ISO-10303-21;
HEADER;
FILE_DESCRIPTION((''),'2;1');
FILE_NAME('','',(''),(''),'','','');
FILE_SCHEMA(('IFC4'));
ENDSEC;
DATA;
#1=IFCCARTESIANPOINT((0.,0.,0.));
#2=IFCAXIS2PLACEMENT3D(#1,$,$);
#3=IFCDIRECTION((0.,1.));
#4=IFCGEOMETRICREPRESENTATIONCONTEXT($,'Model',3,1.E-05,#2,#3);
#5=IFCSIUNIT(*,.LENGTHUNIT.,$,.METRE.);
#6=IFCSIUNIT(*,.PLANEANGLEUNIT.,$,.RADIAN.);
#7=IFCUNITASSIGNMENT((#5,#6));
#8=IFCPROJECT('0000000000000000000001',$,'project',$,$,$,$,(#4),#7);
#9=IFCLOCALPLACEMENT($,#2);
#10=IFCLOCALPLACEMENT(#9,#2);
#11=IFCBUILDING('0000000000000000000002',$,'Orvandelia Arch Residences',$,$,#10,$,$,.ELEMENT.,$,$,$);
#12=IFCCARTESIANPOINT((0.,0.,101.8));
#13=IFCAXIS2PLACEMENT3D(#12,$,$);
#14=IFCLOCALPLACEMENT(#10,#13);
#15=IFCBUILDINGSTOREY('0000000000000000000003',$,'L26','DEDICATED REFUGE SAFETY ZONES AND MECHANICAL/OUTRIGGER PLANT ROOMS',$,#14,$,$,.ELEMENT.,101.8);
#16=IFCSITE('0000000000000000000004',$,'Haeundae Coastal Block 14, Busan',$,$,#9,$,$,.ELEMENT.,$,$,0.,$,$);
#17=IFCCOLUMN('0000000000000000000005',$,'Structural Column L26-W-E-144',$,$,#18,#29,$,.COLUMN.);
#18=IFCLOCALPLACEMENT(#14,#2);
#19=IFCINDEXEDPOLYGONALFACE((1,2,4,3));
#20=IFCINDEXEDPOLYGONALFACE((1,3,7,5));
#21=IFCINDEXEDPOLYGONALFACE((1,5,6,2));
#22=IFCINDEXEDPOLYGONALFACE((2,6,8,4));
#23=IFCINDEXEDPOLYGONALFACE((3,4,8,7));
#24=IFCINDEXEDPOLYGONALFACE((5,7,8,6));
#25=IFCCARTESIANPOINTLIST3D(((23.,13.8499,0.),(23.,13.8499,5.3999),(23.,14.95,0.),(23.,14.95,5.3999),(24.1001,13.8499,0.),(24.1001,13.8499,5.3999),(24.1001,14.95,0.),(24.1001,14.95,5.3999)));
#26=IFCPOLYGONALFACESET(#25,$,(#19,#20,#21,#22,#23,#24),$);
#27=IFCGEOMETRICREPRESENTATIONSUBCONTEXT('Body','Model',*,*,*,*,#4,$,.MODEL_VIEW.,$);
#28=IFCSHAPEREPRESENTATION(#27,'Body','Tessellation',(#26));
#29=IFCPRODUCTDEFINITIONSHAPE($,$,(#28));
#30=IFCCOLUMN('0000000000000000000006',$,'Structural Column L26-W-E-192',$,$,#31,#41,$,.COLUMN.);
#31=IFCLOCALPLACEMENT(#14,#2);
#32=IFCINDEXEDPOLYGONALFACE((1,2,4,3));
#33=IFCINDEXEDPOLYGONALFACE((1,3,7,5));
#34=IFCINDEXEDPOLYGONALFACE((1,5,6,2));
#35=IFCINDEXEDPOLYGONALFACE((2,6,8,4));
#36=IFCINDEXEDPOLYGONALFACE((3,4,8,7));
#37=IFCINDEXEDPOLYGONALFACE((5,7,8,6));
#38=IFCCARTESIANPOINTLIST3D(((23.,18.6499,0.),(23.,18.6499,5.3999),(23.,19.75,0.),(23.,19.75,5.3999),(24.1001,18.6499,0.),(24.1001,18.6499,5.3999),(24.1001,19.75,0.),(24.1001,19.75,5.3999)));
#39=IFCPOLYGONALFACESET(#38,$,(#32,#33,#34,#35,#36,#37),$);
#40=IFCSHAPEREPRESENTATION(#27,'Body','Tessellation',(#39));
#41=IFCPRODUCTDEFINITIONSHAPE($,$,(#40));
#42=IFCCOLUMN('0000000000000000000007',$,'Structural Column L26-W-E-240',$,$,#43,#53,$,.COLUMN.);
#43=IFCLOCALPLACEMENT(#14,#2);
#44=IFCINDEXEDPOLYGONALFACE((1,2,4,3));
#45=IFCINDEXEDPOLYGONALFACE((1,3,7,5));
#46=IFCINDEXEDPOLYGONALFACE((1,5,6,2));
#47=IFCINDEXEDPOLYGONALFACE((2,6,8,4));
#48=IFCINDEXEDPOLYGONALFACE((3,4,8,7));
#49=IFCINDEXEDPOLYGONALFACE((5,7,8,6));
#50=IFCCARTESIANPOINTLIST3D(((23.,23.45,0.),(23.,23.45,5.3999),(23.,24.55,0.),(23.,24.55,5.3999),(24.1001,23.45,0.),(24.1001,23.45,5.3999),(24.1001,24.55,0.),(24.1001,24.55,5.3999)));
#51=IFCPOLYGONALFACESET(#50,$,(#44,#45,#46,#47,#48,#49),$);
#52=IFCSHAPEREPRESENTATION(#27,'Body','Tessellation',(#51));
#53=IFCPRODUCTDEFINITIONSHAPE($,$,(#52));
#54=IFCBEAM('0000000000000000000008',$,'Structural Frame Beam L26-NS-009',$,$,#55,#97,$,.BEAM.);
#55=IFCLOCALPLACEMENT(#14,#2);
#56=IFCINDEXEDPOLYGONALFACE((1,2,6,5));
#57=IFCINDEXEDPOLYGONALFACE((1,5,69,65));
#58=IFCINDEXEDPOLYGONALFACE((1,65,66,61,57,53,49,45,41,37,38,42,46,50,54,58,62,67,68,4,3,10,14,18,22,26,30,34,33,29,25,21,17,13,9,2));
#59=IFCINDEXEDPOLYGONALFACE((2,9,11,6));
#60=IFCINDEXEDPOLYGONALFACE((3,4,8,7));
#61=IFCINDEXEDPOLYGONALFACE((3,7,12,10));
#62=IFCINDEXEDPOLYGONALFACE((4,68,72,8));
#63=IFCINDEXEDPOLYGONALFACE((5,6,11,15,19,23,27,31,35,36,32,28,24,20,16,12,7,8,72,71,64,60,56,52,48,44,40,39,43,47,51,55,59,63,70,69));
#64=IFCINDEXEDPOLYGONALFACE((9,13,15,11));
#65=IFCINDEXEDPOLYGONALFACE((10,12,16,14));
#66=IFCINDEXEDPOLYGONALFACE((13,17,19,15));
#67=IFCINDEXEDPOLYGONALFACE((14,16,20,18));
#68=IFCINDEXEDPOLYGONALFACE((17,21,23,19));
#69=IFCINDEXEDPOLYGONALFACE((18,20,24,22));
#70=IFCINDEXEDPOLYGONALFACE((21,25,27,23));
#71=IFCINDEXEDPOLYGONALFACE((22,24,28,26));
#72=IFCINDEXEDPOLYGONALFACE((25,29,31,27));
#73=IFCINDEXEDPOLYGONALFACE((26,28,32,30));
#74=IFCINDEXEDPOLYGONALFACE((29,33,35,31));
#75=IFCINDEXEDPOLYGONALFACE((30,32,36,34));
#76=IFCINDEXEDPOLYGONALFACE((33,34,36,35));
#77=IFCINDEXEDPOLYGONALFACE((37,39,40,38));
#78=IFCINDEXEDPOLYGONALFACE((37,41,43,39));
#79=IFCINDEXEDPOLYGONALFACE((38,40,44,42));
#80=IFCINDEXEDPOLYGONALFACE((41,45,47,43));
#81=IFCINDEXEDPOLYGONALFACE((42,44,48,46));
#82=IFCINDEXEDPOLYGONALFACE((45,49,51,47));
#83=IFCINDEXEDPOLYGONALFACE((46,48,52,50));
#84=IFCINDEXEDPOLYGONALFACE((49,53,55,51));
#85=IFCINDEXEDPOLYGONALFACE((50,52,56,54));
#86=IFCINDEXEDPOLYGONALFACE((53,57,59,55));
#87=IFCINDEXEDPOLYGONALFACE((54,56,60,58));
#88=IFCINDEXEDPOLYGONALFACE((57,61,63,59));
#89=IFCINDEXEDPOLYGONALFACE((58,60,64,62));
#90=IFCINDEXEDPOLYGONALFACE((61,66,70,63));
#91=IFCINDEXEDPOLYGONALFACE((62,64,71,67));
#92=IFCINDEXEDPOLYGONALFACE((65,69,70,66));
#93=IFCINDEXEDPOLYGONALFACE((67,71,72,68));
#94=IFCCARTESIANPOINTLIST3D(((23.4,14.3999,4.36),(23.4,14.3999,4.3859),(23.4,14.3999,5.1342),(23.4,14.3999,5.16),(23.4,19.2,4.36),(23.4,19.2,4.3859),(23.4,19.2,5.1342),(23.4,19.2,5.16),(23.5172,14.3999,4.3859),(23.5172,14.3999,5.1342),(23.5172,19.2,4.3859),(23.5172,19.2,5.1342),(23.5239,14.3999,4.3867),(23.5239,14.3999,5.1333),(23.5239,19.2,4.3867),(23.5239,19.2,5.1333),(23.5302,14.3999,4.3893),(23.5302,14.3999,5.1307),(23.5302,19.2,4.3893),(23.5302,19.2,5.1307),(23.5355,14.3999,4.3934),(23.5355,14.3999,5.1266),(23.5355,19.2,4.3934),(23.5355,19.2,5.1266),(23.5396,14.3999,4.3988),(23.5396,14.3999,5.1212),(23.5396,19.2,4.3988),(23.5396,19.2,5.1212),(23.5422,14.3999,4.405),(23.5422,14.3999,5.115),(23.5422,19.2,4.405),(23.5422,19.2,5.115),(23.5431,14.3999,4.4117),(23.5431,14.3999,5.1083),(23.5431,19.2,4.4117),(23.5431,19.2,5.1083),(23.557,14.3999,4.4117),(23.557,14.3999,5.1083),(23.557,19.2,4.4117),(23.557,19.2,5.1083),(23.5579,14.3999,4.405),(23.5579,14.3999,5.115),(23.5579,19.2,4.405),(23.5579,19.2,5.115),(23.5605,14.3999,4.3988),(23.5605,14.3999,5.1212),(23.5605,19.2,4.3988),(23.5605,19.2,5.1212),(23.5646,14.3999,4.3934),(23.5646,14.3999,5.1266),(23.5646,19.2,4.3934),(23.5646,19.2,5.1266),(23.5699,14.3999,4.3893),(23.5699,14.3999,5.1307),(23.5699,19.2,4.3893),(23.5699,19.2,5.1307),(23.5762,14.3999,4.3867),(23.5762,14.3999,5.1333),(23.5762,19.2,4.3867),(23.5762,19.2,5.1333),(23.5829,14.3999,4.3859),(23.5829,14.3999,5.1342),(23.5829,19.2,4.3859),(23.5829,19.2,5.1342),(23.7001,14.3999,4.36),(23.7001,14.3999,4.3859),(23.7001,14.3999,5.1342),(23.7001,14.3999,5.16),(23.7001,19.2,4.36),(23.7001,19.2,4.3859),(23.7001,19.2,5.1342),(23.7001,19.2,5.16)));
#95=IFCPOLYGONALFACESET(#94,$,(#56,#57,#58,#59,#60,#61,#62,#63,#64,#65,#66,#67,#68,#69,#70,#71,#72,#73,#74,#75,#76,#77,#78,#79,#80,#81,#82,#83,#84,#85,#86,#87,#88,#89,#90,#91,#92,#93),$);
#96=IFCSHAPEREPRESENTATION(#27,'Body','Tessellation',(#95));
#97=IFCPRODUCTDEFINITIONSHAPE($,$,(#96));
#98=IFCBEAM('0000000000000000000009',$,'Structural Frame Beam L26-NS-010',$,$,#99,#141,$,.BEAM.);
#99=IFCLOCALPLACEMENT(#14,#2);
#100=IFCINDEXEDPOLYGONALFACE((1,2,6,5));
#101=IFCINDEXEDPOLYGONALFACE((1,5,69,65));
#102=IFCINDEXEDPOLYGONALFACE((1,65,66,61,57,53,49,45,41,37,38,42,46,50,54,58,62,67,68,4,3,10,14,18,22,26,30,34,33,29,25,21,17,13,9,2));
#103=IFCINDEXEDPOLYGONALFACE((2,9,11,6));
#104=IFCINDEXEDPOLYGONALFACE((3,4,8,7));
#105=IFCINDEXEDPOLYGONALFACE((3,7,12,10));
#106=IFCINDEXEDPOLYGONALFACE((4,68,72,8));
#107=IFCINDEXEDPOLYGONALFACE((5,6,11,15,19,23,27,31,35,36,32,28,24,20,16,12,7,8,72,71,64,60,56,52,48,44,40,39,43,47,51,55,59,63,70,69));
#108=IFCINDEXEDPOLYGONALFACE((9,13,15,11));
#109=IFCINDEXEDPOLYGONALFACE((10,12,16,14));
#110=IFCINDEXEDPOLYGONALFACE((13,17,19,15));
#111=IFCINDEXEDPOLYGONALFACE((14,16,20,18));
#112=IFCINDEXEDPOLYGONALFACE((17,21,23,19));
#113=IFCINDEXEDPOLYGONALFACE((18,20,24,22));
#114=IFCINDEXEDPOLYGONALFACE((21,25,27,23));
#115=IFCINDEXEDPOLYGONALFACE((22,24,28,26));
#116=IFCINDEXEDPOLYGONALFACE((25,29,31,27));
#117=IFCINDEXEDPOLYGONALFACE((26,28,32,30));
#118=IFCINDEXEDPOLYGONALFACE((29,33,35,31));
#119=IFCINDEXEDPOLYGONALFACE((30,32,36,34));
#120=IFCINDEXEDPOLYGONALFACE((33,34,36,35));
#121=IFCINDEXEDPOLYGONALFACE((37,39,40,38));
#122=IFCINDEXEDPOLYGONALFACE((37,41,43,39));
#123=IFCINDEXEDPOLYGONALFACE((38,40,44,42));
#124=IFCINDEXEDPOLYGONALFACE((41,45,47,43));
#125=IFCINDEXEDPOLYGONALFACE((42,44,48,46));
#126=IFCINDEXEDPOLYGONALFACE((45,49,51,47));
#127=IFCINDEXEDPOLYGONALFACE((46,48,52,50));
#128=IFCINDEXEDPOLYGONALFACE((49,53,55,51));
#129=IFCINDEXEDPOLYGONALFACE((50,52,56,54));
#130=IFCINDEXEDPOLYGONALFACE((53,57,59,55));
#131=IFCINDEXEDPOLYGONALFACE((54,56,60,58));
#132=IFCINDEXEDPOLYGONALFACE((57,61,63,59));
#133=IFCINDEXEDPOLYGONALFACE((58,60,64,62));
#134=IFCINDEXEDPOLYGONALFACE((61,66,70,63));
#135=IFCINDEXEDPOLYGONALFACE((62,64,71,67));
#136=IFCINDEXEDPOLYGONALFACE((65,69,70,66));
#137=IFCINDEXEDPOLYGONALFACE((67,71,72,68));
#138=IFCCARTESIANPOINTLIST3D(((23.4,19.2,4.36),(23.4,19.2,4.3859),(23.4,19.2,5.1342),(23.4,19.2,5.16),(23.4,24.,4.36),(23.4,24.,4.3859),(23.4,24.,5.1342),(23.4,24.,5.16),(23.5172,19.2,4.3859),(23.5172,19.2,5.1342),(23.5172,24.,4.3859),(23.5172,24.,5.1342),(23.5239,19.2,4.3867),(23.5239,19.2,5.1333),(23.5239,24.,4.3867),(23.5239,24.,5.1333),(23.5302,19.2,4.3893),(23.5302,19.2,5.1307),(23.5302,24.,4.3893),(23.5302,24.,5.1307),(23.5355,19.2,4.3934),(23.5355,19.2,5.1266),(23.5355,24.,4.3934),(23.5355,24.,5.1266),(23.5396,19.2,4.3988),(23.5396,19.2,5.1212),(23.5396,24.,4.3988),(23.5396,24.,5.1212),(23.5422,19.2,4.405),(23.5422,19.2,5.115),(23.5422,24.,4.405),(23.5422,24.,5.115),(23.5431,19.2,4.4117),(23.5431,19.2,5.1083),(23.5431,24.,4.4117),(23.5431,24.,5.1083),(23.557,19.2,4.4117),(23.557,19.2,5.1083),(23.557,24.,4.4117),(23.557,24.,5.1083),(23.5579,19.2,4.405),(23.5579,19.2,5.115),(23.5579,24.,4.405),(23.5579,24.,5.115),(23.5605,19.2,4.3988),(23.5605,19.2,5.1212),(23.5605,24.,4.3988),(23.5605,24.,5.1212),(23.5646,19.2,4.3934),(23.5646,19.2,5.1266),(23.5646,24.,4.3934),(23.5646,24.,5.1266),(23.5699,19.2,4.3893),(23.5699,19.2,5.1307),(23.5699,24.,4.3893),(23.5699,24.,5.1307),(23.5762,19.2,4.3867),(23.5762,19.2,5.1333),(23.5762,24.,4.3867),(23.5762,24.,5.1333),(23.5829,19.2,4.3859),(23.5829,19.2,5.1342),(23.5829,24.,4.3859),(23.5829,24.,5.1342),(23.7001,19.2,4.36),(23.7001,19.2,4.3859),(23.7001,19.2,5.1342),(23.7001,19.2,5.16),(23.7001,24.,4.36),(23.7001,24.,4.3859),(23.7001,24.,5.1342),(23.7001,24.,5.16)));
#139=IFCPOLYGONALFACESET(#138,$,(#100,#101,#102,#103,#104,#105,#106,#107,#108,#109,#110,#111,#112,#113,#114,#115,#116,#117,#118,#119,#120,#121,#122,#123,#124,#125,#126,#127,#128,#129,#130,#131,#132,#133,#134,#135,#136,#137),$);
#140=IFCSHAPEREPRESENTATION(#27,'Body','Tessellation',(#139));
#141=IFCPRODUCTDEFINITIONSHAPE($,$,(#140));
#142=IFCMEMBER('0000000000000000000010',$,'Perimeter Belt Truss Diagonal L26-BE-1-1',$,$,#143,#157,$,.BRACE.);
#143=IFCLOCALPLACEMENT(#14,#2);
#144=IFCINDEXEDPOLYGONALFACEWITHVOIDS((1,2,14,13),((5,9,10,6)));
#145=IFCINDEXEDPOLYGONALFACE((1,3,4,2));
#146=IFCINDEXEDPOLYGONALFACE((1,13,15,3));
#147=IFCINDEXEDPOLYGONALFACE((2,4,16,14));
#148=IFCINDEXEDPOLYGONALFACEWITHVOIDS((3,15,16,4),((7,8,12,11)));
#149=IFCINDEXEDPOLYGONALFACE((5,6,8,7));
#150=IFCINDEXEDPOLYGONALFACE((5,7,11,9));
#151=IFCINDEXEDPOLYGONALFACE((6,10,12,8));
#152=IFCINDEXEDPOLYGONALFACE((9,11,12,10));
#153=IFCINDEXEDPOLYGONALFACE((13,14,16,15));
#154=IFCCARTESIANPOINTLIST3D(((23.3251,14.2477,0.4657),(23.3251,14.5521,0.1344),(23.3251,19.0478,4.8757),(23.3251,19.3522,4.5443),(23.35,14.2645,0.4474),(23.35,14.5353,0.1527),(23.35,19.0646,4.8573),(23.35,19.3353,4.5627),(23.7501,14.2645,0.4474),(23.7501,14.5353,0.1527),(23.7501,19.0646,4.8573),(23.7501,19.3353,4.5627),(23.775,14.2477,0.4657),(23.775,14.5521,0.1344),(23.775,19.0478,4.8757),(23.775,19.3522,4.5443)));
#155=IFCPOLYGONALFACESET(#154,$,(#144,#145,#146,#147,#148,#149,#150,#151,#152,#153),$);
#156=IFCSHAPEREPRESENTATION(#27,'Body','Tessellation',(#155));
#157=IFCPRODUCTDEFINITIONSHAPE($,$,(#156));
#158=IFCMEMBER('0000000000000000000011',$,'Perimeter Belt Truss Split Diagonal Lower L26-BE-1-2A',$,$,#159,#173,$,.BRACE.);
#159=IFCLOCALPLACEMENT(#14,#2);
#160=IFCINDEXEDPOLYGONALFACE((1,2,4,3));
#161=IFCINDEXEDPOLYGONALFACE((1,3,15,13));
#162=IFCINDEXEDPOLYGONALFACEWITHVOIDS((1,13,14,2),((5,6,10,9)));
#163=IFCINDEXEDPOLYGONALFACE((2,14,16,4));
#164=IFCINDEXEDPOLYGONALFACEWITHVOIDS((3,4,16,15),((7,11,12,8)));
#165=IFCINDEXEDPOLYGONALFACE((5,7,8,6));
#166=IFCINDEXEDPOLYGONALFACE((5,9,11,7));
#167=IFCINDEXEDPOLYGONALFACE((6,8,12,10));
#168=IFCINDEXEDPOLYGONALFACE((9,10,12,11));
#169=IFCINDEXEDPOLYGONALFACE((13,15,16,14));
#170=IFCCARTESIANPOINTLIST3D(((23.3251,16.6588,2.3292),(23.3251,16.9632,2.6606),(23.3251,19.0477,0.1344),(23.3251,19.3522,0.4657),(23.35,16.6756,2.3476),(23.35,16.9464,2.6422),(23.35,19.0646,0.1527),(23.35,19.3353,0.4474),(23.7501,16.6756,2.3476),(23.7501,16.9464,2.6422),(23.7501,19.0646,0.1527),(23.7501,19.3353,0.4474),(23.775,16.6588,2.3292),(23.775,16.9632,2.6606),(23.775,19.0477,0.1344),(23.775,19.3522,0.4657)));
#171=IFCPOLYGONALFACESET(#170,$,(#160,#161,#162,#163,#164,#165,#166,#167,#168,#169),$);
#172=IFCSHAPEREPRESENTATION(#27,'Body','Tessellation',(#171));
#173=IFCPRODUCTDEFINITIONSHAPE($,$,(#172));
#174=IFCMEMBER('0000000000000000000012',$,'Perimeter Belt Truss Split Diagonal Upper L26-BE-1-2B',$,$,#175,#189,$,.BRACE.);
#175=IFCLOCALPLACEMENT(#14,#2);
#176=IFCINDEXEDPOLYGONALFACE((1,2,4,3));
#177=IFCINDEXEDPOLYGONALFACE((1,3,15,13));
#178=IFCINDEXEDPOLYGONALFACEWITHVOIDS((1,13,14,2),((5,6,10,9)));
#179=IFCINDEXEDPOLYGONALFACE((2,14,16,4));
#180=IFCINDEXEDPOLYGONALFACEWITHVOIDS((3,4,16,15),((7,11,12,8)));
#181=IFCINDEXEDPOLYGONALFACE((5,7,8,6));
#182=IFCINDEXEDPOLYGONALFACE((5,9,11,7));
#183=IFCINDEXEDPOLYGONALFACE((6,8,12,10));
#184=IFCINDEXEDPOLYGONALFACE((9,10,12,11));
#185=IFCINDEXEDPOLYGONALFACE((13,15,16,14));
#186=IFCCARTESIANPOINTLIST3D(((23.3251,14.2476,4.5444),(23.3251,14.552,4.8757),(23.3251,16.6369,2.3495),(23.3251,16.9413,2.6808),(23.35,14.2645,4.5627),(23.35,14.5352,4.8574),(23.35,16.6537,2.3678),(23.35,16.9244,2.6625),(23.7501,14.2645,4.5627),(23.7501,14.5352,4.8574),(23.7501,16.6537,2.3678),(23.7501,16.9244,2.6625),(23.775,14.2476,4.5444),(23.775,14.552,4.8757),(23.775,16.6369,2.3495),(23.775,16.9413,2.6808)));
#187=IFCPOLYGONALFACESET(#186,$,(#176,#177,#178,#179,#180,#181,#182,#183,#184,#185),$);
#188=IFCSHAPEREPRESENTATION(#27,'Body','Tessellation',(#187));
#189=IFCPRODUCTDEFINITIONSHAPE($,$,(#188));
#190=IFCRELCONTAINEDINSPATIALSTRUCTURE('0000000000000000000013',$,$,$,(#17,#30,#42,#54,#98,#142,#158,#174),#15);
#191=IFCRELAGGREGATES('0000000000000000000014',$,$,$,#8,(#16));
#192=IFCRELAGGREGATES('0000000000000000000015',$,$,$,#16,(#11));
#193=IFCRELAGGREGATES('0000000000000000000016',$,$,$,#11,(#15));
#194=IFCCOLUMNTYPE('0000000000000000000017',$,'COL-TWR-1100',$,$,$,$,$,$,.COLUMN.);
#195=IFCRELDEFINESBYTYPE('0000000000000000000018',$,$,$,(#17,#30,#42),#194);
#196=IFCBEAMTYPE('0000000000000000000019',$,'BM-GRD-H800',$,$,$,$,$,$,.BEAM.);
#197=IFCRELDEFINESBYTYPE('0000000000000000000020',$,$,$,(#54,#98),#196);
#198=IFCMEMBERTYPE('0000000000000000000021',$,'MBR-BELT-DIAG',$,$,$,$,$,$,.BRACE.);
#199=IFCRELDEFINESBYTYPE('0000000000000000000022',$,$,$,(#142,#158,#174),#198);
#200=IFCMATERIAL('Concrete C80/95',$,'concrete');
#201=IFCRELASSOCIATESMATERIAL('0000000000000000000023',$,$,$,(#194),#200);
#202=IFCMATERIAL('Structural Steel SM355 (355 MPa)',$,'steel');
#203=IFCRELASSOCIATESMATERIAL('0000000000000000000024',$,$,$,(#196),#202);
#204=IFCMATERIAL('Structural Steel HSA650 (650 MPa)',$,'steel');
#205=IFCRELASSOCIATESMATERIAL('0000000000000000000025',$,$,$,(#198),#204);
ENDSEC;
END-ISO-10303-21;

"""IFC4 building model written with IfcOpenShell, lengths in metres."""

from ifc_helpers import new_model, si_unit, direction, frame, origin, origin_2d, place, context, subcontext, project, spatial, rectangle, hollow_rectangle, i_section, extrude, material, material_profile, profile_set, type_object, element, save


model = new_model("IFC4")

# Units and contexts
model_context = context("Model", 3, precision=1e-05, world=origin(), true_north=direction((0.0, 1.0)))
body_context = subcontext(model_context, "Body", "Model", "MODEL_VIEW")
ifc_project = project(units=[si_unit("LENGTHUNIT", "METRE"), si_unit("PLANEANGLEUNIT", "RADIAN")], contexts=[model_context])

# Site, building, storey
site_placement = place(None, origin())
site = spatial("IfcSite", under=ifc_project, at=site_placement, Name="Haeundae Coastal Block 14, Busan", CompositionType="ELEMENT", RefElevation=0.0)
building_placement = place(site_placement, origin())
building = spatial("IfcBuilding", under=site, at=building_placement, Name="Orvandelia Arch Residences", CompositionType="ELEMENT")
storey_placement = place(building_placement, frame((0.0, 0.0, 101.8)))
storey = spatial("IfcBuildingStorey", under=building, at=storey_placement, Name="L26", Description="DEDICATED REFUGE SAFETY ZONES AND MECHANICAL/OUTRIGGER PLANT ROOMS", CompositionType="ELEMENT", Elevation=101.8)

# Columns
ifc_material_1 = material(Name="Concrete C80/95", Category="concrete")
ifc_material_profile_1 = material_profile(ifc_material_1, rectangle(XDim=1.1001, YDim=1.1001, at=origin_2d()), Name="Concrete C80/95", Category="concrete")
ifc_profile_set_1 = profile_set([ifc_material_profile_1], Name="Concrete C80/95")
column_type = type_object("IfcColumnType", Name="COL-TWR-1100", PredefinedType="COLUMN", material=ifc_profile_set_1)
for number, where, z_axis, x_axis, name in (
    (1, (23.55, 14.3999, 0.0), (0.0, 0.0, 1.0), (1.0, 0.0, 0.0), "Structural Column L26-W-E-144"),
    (2, (23.55, 19.2, 0.0), (0.0, 0.0, 1.0), (1.0, 0.0, 0.0), "Structural Column L26-W-E-192"),
    (3, (23.55, 24.0, 0.0), (0.0, 0.0, 1.0), (1.0, 0.0, 0.0), "Structural Column L26-W-E-240"),
):
    element("IfcColumn", number, at=place(storey_placement, frame(where, z_axis=z_axis, x_axis=x_axis)), inside=storey, type_object=column_type, Name=name, PredefinedType="COLUMN", context=body_context, shape_type="SweptSolid", body=[
        extrude(rectangle(XDim=1.1001, YDim=1.1001, at=origin_2d()), origin(), (0.0, 0.0, 1.0), 5.3999),
    ])

# Beams
ifc_material_2 = material(Name="Structural Steel SM355 (355 MPa)", Category="steel")
ifc_material_profile_2 = material_profile(ifc_material_2, i_section(OverallWidth=0.3, OverallDepth=0.8, WebThickness=0.0139, FlangeThickness=0.0259, FilletRadius=0.0259, at=origin_2d()), Name="Structural Steel SM355 (355 MPa)", Category="steel")
ifc_profile_set_2 = profile_set([ifc_material_profile_2], Name="Structural Steel SM355 (355 MPa)")
beam_type = type_object("IfcBeamType", Name="BM-GRD-H800", PredefinedType="BEAM", material=ifc_profile_set_2)
for number, where, z_axis, x_axis, name in (
    (4, (23.55, 14.3999, 4.76), (0.0, 1.0, 0.0), (-1.0, 0.0, 0.0), "Structural Frame Beam L26-NS-009"),
    (5, (23.55, 19.2, 4.76), (0.0, 1.0, 0.0), (-1.0, 0.0, 0.0), "Structural Frame Beam L26-NS-010"),
):
    element("IfcBeam", number, at=place(storey_placement, frame(where, z_axis=z_axis, x_axis=x_axis)), inside=storey, type_object=beam_type, Name=name, PredefinedType="BEAM", context=body_context, shape_type="SweptSolid", body=[
        extrude(i_section(OverallWidth=0.3, OverallDepth=0.8, WebThickness=0.0139, FlangeThickness=0.0259, FilletRadius=0.0259, at=origin_2d()), origin(), (0.0, 0.0, 1.0), 4.8),
    ])

# Members
ifc_material_3 = material(Name="Structural Steel HSA650 (650 MPa)", Category="steel")
ifc_material_profile_3 = material_profile(ifc_material_3, hollow_rectangle(XDim=0.45, YDim=0.45, WallThickness=0.0249, at=origin_2d()), Name="Structural Steel HSA650 (650 MPa)", Category="steel")
ifc_profile_set_3 = profile_set([ifc_material_profile_3], Name="Structural Steel HSA650 (650 MPa)")
member_type = type_object("IfcMemberType", Name="MBR-BELT-DIAG", PredefinedType="BRACE", material=ifc_profile_set_3)
member_1_placement = place(storey_placement, frame((23.55, 14.3999, 0.3), z_axis=(0.0, 0.7364, 0.676547), x_axis=(-1.0, 0.0, 0.0)))
element("IfcMember", 6, at=member_1_placement, inside=storey, type_object=member_type, Name="Perimeter Belt Truss Diagonal L26-BE-1-1", PredefinedType="BRACE", context=body_context, shape_type="SweptSolid", body=[
    extrude(hollow_rectangle(XDim=0.45, YDim=0.45, WallThickness=0.0249, at=origin_2d()), origin(), (0.0, 0.0, 1.0), 6.5183),
])
member_2_placement = place(storey_placement, frame((23.55, 19.2, 0.3), z_axis=(0.0, -0.736388, 0.676559), x_axis=(1.0, 0.0, 0.0)))
element("IfcMember", 7, at=member_2_placement, inside=storey, type_object=member_type, Name="Perimeter Belt Truss Split Diagonal Lower L26-BE-1-2A", PredefinedType="BRACE", context=body_context, shape_type="SweptSolid", body=[
    extrude(hollow_rectangle(XDim=0.45, YDim=0.45, WallThickness=0.0249, at=origin_2d()), origin(), (0.0, 0.0, 1.0), 3.2441),
])
member_3_placement = place(storey_placement, frame((23.55, 16.7891, 2.5151), z_axis=(0.0, -0.736423, 0.676522), x_axis=(1.0, 0.0, 0.0)))
element("IfcMember", 8, at=member_3_placement, inside=storey, type_object=member_type, Name="Perimeter Belt Truss Split Diagonal Upper L26-BE-1-2B", PredefinedType="BRACE", context=body_context, shape_type="SweptSolid", body=[
    extrude(hollow_rectangle(XDim=0.45, YDim=0.45, WallThickness=0.0249, at=origin_2d()), origin(), (0.0, 0.0, 1.0), 3.2444),
])

save(model, "model.ifc")
